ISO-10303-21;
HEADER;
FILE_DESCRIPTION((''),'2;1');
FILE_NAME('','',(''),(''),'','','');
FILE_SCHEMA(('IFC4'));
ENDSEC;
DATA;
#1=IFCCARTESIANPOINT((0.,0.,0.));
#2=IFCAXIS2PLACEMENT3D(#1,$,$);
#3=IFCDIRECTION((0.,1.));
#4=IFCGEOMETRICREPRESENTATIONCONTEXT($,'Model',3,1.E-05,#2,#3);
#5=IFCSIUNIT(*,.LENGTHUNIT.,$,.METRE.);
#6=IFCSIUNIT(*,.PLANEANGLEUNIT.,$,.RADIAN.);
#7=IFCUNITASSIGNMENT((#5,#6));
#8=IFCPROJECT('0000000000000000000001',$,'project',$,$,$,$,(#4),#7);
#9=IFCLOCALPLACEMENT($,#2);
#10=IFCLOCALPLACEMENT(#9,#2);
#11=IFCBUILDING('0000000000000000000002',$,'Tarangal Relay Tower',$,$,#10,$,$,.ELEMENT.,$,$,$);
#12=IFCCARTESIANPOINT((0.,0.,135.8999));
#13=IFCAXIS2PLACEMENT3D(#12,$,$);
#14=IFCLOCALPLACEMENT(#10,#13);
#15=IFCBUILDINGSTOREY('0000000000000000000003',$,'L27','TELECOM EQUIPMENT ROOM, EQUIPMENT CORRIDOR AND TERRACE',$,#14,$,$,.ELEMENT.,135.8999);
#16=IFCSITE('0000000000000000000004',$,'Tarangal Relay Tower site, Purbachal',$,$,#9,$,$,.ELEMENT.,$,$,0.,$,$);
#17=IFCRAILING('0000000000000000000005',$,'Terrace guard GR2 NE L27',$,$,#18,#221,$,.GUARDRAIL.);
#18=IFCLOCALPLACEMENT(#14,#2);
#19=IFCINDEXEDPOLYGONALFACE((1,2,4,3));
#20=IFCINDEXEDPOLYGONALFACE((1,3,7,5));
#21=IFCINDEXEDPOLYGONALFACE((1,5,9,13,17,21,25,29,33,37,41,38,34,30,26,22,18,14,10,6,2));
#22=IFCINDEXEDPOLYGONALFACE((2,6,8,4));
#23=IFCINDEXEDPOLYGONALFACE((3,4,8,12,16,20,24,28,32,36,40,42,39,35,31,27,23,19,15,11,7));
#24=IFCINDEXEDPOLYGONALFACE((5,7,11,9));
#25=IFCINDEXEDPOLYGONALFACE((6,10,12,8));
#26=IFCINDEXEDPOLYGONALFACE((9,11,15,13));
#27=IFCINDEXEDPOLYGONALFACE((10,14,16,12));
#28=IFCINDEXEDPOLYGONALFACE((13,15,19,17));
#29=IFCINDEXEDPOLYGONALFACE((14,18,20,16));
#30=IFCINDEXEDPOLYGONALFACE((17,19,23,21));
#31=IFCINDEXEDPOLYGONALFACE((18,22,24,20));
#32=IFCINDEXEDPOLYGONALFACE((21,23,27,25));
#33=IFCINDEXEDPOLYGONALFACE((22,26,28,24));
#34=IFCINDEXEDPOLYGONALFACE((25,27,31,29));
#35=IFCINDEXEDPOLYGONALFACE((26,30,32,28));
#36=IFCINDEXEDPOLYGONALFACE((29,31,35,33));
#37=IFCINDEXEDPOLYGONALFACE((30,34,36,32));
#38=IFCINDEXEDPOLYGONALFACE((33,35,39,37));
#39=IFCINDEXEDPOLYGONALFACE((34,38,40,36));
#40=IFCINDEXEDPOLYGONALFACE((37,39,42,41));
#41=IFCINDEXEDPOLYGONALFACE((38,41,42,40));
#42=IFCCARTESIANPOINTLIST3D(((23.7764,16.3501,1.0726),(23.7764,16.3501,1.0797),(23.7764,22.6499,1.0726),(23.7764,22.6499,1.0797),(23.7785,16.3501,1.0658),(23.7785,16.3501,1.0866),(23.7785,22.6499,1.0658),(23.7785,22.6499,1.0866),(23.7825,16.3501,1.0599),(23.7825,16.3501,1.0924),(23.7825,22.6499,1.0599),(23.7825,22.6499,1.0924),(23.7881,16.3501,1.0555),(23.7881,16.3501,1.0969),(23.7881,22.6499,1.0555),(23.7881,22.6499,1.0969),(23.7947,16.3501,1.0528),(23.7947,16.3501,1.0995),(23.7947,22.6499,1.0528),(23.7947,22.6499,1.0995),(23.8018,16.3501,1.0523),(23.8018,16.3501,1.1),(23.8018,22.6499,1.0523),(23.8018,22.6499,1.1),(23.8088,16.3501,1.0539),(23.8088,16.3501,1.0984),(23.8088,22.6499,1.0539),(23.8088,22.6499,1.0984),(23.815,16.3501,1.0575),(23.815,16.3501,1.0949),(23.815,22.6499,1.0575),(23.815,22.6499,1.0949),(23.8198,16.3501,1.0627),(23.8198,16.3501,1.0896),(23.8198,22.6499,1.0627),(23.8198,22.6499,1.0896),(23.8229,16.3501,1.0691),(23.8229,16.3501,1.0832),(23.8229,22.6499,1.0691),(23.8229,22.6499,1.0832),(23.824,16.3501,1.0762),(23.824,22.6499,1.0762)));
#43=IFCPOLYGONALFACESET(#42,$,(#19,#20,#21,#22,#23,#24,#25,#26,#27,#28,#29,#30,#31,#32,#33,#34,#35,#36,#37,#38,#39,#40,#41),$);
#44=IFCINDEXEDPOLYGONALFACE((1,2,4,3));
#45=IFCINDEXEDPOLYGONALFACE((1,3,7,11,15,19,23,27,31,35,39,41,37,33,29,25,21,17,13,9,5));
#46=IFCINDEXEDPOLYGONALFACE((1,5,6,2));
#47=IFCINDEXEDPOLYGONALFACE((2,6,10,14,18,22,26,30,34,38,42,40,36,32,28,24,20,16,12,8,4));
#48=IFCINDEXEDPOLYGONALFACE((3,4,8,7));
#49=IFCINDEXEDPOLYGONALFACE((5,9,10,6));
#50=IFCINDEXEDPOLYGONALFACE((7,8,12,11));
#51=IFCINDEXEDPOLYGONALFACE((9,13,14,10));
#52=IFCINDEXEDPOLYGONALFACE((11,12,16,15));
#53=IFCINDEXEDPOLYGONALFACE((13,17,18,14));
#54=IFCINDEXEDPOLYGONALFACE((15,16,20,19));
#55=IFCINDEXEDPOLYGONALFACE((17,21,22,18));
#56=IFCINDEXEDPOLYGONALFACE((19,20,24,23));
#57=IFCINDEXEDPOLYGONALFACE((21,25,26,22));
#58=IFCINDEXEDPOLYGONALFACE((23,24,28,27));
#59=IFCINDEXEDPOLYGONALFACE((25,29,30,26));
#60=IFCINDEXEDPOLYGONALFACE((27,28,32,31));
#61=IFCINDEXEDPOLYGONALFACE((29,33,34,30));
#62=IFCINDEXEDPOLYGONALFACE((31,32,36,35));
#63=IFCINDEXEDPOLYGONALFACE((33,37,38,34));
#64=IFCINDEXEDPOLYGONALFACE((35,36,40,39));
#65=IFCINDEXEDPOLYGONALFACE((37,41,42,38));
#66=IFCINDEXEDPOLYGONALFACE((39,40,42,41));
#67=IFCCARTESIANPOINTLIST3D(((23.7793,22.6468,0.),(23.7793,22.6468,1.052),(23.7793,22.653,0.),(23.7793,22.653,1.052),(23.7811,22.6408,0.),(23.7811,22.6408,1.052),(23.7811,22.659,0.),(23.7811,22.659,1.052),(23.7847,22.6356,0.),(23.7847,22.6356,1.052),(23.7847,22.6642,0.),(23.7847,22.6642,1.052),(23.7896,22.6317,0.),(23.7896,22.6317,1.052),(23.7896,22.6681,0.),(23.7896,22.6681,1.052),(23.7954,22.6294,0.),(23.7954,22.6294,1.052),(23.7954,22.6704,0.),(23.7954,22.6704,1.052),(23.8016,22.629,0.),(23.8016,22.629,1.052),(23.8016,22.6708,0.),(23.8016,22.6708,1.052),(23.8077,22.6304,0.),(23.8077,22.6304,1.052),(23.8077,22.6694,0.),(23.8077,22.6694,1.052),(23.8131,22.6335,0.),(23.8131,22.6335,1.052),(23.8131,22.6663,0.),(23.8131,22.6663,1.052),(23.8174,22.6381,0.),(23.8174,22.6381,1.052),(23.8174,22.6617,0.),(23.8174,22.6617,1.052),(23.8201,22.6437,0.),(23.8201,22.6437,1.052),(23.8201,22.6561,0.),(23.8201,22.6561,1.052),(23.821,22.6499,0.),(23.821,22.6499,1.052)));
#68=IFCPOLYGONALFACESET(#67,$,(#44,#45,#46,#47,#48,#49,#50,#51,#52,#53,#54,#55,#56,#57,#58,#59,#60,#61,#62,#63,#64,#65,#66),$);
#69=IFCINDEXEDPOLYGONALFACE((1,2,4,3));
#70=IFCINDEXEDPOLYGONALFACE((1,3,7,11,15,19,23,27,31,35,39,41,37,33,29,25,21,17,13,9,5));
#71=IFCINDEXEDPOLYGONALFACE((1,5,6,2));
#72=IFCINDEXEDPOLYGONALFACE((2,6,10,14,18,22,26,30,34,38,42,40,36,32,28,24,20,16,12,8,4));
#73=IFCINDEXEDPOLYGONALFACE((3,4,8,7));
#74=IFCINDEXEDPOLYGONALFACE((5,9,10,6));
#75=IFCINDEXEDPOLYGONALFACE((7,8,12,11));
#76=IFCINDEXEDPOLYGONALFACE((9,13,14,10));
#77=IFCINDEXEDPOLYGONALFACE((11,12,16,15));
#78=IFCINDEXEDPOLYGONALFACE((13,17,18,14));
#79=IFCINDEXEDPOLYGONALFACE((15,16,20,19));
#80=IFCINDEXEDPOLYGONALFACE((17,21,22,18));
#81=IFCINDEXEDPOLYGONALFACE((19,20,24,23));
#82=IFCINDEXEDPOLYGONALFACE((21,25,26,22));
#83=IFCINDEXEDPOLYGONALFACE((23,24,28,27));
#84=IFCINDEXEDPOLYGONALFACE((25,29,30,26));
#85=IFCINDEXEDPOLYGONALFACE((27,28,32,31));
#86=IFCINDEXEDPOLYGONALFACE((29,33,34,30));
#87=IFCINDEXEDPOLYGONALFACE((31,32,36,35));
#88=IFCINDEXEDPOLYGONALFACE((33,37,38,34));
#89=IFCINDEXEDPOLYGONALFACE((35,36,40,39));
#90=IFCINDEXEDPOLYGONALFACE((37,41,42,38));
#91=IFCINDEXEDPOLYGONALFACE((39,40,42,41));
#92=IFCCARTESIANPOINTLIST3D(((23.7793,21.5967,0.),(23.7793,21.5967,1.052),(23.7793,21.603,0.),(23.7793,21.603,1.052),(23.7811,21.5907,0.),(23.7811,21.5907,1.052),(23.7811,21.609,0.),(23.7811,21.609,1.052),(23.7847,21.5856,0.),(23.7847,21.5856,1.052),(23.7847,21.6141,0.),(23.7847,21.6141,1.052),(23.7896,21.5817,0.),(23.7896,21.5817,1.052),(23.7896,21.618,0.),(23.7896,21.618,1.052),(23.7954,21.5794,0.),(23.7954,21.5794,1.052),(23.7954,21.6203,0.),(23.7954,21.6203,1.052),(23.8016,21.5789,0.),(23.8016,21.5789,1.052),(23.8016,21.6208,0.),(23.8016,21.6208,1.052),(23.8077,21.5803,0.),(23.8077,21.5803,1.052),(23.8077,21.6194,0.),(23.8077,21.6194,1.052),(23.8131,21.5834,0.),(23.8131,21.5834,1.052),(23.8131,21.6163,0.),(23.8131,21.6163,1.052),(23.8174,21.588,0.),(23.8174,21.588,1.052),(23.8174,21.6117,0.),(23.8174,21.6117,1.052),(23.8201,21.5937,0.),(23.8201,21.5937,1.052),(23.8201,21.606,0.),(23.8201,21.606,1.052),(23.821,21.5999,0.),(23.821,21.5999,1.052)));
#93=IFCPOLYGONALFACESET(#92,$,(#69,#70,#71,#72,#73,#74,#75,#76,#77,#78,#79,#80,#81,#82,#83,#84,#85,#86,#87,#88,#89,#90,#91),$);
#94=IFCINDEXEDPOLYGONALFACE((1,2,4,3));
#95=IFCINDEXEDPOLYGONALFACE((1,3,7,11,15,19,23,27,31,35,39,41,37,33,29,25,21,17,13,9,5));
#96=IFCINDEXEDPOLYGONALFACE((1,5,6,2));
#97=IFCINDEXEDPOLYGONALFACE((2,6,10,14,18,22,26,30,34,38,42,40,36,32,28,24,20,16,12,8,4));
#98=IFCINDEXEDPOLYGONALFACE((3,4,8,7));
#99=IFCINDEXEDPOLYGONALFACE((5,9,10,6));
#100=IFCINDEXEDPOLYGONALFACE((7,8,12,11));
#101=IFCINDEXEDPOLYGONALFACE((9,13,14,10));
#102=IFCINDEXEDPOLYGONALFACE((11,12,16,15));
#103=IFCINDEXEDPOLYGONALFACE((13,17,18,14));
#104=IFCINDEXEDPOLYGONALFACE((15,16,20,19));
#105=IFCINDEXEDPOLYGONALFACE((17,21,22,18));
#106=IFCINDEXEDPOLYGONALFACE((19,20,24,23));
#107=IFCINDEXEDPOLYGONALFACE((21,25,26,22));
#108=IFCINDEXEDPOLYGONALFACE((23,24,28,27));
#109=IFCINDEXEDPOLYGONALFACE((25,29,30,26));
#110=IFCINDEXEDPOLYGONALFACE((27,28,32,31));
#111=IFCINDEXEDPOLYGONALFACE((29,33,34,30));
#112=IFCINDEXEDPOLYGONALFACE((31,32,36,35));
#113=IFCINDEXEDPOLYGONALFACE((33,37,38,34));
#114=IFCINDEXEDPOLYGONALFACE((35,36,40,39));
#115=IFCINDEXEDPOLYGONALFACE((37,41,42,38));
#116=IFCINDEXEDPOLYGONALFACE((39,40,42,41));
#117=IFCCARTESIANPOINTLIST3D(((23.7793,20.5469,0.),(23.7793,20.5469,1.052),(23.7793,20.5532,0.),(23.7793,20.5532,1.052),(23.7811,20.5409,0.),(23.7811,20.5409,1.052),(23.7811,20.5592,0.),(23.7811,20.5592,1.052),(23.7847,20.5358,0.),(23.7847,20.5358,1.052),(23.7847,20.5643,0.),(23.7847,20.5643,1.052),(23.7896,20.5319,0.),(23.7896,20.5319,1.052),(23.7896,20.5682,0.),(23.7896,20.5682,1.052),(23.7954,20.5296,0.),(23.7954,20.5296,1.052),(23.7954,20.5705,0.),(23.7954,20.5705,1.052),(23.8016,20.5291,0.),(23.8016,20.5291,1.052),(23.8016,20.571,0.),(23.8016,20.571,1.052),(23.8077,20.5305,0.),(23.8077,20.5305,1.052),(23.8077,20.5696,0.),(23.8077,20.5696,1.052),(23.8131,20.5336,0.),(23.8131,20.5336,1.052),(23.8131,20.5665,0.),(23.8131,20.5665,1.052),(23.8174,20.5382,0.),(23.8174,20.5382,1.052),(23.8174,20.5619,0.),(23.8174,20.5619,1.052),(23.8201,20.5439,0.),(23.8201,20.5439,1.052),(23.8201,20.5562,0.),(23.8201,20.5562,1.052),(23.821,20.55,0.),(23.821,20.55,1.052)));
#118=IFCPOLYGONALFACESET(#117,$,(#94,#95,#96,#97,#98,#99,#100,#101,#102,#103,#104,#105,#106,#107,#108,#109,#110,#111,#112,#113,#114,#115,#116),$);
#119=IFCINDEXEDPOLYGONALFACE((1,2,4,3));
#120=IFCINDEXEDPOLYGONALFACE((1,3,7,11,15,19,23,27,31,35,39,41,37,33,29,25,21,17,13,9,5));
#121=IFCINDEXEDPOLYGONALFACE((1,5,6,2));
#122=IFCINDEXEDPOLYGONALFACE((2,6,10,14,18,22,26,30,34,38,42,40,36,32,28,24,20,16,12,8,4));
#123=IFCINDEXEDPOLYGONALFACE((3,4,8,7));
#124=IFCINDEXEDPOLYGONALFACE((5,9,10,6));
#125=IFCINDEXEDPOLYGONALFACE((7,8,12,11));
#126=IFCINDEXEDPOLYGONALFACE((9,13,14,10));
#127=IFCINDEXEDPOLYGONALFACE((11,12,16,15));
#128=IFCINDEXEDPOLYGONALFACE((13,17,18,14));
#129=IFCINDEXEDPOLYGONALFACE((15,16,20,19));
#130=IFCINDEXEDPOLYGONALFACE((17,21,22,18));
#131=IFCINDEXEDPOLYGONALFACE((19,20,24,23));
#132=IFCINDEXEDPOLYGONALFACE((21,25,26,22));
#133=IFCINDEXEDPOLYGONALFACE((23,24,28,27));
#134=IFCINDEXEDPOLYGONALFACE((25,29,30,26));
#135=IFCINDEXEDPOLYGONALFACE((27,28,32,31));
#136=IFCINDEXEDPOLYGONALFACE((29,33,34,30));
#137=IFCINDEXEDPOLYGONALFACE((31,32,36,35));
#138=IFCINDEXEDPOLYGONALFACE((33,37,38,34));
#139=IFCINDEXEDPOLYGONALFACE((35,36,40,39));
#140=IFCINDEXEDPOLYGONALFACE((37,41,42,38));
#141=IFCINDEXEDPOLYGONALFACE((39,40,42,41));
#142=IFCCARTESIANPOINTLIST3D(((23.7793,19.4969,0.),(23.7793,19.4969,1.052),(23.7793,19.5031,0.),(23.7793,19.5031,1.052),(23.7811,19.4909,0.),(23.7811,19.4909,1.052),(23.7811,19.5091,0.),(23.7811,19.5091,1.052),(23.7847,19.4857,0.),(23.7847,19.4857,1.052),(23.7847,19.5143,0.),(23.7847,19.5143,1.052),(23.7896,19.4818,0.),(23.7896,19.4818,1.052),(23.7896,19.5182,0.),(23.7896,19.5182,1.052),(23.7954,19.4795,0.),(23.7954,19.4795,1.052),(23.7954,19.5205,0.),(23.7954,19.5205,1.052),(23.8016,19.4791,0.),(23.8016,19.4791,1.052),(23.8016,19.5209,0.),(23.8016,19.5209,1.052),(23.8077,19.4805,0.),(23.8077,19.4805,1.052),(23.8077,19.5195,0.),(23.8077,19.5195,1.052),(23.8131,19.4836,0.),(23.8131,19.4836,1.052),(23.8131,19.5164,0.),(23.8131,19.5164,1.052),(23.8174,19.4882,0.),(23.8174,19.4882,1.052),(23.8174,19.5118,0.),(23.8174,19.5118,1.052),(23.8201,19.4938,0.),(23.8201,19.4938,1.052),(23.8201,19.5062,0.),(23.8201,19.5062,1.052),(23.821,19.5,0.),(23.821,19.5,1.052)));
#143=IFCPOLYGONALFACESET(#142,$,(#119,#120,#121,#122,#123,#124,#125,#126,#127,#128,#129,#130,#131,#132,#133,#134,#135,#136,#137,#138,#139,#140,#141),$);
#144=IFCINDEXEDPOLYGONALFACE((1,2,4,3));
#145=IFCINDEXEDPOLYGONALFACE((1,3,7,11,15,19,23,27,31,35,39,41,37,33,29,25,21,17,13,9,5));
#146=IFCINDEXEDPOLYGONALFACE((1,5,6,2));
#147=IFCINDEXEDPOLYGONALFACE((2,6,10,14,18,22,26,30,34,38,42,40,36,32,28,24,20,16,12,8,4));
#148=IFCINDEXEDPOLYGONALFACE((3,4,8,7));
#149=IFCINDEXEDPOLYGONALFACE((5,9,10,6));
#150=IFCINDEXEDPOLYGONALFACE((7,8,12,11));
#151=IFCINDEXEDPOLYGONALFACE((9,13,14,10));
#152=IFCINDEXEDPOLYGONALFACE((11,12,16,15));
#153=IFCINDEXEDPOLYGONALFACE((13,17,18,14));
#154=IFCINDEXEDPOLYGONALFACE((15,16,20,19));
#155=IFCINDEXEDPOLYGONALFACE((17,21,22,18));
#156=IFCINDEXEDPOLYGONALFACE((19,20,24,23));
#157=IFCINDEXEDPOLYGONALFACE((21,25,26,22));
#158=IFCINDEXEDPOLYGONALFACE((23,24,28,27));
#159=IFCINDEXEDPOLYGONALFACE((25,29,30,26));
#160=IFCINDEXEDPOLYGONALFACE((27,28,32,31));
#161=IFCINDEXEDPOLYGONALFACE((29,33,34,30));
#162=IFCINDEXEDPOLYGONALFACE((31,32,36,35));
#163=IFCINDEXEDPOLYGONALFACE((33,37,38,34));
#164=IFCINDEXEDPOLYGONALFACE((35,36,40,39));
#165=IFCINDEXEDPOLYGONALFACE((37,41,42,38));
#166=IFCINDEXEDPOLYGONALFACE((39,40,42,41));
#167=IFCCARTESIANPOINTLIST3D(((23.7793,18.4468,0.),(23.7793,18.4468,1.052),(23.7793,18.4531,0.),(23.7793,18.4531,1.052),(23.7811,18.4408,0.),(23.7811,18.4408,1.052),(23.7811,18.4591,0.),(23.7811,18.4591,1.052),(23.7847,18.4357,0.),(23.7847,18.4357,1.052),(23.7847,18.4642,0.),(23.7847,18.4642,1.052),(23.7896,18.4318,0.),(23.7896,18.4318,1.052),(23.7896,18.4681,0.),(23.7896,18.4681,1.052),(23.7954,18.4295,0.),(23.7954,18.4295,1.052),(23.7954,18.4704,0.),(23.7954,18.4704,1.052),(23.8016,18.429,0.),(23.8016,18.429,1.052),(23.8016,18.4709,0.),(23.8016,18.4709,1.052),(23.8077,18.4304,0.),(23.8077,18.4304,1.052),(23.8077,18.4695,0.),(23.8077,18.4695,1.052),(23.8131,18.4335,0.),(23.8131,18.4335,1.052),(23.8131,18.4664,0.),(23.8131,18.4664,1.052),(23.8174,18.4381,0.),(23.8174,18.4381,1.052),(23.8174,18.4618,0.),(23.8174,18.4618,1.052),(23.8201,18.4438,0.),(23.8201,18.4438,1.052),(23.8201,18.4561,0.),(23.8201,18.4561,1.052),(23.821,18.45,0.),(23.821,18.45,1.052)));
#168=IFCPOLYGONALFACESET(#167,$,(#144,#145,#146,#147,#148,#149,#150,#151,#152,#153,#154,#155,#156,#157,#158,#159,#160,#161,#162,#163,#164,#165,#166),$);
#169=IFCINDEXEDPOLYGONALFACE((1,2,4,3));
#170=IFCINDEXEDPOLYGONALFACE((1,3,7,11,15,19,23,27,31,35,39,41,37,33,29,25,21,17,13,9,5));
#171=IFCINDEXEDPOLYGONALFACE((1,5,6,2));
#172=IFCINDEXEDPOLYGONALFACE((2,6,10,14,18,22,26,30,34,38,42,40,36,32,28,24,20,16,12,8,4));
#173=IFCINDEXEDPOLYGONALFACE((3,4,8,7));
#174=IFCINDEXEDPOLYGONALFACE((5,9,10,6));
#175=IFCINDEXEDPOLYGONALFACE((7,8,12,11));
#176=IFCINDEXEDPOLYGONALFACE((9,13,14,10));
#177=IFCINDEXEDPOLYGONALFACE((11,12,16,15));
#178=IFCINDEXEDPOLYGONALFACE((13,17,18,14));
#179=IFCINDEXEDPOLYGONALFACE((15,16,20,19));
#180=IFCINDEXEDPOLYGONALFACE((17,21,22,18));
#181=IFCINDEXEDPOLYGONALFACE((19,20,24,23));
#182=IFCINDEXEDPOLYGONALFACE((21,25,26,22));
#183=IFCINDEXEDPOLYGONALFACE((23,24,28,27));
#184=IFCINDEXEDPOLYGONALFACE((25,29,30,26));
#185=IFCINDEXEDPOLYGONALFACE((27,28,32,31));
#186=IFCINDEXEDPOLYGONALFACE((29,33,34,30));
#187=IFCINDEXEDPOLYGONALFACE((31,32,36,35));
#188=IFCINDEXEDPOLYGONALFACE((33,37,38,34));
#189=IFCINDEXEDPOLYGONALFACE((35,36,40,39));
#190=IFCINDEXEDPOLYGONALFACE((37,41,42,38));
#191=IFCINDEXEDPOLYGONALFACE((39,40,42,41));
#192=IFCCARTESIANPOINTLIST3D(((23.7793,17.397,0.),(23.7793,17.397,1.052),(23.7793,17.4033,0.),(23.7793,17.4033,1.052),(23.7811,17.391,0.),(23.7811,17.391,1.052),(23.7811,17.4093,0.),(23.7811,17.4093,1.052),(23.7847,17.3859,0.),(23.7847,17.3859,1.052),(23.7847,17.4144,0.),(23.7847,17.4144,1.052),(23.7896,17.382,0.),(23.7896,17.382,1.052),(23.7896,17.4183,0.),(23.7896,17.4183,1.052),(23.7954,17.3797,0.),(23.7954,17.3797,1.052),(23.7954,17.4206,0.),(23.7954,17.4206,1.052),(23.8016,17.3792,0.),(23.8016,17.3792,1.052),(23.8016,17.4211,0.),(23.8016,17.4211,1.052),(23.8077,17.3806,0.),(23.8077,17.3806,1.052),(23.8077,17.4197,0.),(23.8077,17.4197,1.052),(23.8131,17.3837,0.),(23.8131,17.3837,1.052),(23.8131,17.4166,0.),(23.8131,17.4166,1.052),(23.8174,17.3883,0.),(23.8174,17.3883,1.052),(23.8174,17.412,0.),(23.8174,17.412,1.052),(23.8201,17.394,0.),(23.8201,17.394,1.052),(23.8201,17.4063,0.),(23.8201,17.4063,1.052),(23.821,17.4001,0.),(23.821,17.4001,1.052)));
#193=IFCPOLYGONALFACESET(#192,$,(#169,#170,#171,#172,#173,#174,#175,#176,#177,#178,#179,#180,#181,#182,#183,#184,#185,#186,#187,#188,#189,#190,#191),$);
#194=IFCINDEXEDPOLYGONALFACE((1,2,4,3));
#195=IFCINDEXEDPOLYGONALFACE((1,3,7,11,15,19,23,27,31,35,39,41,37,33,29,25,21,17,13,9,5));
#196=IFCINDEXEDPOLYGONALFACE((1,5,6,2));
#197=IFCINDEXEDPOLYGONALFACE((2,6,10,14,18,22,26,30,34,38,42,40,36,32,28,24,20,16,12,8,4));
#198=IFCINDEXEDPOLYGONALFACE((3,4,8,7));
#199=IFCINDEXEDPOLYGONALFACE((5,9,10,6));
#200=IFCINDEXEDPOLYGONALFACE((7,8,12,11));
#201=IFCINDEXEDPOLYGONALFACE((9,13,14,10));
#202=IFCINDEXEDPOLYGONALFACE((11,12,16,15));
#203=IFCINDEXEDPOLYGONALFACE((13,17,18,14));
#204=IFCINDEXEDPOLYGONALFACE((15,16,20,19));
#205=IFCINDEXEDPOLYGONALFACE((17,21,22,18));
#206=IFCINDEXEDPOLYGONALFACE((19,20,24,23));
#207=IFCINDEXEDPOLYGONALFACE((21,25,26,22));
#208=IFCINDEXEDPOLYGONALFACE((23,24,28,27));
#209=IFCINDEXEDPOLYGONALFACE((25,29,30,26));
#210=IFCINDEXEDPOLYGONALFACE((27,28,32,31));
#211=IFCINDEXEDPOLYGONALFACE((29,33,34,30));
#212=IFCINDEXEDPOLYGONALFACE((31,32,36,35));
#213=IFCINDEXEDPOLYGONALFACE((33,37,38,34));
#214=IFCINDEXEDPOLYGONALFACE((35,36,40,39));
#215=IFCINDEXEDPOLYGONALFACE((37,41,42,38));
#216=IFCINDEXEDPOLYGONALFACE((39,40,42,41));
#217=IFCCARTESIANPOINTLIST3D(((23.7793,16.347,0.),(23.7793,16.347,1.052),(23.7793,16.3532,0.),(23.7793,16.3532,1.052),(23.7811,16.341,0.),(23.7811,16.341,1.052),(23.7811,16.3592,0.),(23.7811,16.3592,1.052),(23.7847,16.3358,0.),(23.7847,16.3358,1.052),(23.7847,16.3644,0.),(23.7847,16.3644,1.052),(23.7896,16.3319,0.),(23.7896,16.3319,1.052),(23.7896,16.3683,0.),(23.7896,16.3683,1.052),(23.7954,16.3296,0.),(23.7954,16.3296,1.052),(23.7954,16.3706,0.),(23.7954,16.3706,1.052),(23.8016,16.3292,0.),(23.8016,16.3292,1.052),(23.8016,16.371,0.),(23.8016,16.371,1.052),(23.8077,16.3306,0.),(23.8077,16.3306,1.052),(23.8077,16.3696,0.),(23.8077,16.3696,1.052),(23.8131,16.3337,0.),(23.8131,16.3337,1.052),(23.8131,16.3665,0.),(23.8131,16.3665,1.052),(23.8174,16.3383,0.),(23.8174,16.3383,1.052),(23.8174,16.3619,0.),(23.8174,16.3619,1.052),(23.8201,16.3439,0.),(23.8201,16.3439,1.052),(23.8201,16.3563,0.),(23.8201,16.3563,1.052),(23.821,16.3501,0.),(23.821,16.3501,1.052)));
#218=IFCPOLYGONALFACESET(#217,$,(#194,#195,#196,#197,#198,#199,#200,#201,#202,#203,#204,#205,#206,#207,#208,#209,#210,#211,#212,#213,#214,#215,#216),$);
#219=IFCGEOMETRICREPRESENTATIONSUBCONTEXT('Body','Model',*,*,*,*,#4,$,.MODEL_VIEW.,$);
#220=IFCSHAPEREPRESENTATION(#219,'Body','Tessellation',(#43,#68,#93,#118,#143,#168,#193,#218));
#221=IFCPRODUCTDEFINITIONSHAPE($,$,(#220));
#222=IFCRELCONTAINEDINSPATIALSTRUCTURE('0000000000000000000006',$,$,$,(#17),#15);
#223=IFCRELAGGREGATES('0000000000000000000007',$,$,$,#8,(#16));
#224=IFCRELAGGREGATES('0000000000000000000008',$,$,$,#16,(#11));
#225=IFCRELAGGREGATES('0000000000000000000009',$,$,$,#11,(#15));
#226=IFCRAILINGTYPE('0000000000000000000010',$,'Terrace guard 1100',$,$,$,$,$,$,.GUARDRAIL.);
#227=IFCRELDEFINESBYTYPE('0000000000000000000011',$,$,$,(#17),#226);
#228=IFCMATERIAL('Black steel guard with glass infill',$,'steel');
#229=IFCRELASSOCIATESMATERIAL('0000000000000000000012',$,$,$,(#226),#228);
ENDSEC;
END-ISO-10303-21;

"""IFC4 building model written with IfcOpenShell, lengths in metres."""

from ifc_helpers import new_model, si_unit, direction, frame, origin, origin_2d, place, context, subcontext, project, spatial, circle, extrude, material, type_object, element, save


model = new_model("IFC4")

# Units and contexts
model_context = context("Model", 3, precision=1e-05, world=origin(), true_north=direction((0.0, 1.0)))
body_context = subcontext(model_context, "Body", "Model", "MODEL_VIEW")
ifc_project = project(units=[si_unit("LENGTHUNIT", "METRE"), si_unit("PLANEANGLEUNIT", "RADIAN")], contexts=[model_context])

# Site, building, storey
site_placement = place(None, origin())
site = spatial("IfcSite", under=ifc_project, at=site_placement, Name="Tarangal Relay Tower site, Purbachal", CompositionType="ELEMENT", RefElevation=0.0)
building_placement = place(site_placement, origin())
building = spatial("IfcBuilding", under=site, at=building_placement, Name="Tarangal Relay Tower", CompositionType="ELEMENT")
storey_placement = place(building_placement, frame((0.0, 0.0, 135.8999)))
storey = spatial("IfcBuildingStorey", under=building, at=storey_placement, Name="L27", Description="TELECOM EQUIPMENT ROOM, EQUIPMENT CORRIDOR AND TERRACE", CompositionType="ELEMENT", Elevation=135.8999)

# Railing
ifc_material_1 = material(Name="Black steel guard with glass infill", Category="steel")
railing_type = type_object("IfcRailingType", Name="Terrace guard 1100", PredefinedType="GUARDRAIL", material=ifc_material_1)
railing_1_placement = place(storey_placement, frame((23.8, 22.6499, 0.0)))
element("IfcRailing", 1, at=railing_1_placement, inside=storey, type_object=railing_type, Name="Terrace guard GR2 NE L27", PredefinedType="GUARDRAIL", context=body_context, shape_type="SweptSolid", body=[
    extrude(circle(Radius=0.0239, at=origin_2d()), frame((0.0, 0.0, 1.0762), z_axis=(0.0, -1.0, 0.0), x_axis=(1.0, 0.0, 0.0)), (0.0, 0.0, 1.0), 6.2998),
    extrude(circle(Radius=0.021, at=origin_2d()), origin(), (0.0, 0.0, 1.0), 1.052),
    extrude(circle(Radius=0.021, at=origin_2d()), frame((0.0, -1.05, 0.0)), (0.0, 0.0, 1.0), 1.052),
    extrude(circle(Radius=0.021, at=origin_2d()), frame((0.0, -2.0999, 0.0)), (0.0, 0.0, 1.0), 1.052),
    extrude(circle(Radius=0.021, at=origin_2d()), frame((0.0, -3.1499, 0.0)), (0.0, 0.0, 1.0), 1.052),
    extrude(circle(Radius=0.021, at=origin_2d()), frame((0.0, -4.2, 0.0)), (0.0, 0.0, 1.0), 1.052),
    extrude(circle(Radius=0.021, at=origin_2d()), frame((0.0, -5.2498, 0.0)), (0.0, 0.0, 1.0), 1.052),
    extrude(circle(Radius=0.021, at=origin_2d()), frame((0.0, -6.2998, 0.0)), (0.0, 0.0, 1.0), 1.052),
])

save(model, "model.ifc")
